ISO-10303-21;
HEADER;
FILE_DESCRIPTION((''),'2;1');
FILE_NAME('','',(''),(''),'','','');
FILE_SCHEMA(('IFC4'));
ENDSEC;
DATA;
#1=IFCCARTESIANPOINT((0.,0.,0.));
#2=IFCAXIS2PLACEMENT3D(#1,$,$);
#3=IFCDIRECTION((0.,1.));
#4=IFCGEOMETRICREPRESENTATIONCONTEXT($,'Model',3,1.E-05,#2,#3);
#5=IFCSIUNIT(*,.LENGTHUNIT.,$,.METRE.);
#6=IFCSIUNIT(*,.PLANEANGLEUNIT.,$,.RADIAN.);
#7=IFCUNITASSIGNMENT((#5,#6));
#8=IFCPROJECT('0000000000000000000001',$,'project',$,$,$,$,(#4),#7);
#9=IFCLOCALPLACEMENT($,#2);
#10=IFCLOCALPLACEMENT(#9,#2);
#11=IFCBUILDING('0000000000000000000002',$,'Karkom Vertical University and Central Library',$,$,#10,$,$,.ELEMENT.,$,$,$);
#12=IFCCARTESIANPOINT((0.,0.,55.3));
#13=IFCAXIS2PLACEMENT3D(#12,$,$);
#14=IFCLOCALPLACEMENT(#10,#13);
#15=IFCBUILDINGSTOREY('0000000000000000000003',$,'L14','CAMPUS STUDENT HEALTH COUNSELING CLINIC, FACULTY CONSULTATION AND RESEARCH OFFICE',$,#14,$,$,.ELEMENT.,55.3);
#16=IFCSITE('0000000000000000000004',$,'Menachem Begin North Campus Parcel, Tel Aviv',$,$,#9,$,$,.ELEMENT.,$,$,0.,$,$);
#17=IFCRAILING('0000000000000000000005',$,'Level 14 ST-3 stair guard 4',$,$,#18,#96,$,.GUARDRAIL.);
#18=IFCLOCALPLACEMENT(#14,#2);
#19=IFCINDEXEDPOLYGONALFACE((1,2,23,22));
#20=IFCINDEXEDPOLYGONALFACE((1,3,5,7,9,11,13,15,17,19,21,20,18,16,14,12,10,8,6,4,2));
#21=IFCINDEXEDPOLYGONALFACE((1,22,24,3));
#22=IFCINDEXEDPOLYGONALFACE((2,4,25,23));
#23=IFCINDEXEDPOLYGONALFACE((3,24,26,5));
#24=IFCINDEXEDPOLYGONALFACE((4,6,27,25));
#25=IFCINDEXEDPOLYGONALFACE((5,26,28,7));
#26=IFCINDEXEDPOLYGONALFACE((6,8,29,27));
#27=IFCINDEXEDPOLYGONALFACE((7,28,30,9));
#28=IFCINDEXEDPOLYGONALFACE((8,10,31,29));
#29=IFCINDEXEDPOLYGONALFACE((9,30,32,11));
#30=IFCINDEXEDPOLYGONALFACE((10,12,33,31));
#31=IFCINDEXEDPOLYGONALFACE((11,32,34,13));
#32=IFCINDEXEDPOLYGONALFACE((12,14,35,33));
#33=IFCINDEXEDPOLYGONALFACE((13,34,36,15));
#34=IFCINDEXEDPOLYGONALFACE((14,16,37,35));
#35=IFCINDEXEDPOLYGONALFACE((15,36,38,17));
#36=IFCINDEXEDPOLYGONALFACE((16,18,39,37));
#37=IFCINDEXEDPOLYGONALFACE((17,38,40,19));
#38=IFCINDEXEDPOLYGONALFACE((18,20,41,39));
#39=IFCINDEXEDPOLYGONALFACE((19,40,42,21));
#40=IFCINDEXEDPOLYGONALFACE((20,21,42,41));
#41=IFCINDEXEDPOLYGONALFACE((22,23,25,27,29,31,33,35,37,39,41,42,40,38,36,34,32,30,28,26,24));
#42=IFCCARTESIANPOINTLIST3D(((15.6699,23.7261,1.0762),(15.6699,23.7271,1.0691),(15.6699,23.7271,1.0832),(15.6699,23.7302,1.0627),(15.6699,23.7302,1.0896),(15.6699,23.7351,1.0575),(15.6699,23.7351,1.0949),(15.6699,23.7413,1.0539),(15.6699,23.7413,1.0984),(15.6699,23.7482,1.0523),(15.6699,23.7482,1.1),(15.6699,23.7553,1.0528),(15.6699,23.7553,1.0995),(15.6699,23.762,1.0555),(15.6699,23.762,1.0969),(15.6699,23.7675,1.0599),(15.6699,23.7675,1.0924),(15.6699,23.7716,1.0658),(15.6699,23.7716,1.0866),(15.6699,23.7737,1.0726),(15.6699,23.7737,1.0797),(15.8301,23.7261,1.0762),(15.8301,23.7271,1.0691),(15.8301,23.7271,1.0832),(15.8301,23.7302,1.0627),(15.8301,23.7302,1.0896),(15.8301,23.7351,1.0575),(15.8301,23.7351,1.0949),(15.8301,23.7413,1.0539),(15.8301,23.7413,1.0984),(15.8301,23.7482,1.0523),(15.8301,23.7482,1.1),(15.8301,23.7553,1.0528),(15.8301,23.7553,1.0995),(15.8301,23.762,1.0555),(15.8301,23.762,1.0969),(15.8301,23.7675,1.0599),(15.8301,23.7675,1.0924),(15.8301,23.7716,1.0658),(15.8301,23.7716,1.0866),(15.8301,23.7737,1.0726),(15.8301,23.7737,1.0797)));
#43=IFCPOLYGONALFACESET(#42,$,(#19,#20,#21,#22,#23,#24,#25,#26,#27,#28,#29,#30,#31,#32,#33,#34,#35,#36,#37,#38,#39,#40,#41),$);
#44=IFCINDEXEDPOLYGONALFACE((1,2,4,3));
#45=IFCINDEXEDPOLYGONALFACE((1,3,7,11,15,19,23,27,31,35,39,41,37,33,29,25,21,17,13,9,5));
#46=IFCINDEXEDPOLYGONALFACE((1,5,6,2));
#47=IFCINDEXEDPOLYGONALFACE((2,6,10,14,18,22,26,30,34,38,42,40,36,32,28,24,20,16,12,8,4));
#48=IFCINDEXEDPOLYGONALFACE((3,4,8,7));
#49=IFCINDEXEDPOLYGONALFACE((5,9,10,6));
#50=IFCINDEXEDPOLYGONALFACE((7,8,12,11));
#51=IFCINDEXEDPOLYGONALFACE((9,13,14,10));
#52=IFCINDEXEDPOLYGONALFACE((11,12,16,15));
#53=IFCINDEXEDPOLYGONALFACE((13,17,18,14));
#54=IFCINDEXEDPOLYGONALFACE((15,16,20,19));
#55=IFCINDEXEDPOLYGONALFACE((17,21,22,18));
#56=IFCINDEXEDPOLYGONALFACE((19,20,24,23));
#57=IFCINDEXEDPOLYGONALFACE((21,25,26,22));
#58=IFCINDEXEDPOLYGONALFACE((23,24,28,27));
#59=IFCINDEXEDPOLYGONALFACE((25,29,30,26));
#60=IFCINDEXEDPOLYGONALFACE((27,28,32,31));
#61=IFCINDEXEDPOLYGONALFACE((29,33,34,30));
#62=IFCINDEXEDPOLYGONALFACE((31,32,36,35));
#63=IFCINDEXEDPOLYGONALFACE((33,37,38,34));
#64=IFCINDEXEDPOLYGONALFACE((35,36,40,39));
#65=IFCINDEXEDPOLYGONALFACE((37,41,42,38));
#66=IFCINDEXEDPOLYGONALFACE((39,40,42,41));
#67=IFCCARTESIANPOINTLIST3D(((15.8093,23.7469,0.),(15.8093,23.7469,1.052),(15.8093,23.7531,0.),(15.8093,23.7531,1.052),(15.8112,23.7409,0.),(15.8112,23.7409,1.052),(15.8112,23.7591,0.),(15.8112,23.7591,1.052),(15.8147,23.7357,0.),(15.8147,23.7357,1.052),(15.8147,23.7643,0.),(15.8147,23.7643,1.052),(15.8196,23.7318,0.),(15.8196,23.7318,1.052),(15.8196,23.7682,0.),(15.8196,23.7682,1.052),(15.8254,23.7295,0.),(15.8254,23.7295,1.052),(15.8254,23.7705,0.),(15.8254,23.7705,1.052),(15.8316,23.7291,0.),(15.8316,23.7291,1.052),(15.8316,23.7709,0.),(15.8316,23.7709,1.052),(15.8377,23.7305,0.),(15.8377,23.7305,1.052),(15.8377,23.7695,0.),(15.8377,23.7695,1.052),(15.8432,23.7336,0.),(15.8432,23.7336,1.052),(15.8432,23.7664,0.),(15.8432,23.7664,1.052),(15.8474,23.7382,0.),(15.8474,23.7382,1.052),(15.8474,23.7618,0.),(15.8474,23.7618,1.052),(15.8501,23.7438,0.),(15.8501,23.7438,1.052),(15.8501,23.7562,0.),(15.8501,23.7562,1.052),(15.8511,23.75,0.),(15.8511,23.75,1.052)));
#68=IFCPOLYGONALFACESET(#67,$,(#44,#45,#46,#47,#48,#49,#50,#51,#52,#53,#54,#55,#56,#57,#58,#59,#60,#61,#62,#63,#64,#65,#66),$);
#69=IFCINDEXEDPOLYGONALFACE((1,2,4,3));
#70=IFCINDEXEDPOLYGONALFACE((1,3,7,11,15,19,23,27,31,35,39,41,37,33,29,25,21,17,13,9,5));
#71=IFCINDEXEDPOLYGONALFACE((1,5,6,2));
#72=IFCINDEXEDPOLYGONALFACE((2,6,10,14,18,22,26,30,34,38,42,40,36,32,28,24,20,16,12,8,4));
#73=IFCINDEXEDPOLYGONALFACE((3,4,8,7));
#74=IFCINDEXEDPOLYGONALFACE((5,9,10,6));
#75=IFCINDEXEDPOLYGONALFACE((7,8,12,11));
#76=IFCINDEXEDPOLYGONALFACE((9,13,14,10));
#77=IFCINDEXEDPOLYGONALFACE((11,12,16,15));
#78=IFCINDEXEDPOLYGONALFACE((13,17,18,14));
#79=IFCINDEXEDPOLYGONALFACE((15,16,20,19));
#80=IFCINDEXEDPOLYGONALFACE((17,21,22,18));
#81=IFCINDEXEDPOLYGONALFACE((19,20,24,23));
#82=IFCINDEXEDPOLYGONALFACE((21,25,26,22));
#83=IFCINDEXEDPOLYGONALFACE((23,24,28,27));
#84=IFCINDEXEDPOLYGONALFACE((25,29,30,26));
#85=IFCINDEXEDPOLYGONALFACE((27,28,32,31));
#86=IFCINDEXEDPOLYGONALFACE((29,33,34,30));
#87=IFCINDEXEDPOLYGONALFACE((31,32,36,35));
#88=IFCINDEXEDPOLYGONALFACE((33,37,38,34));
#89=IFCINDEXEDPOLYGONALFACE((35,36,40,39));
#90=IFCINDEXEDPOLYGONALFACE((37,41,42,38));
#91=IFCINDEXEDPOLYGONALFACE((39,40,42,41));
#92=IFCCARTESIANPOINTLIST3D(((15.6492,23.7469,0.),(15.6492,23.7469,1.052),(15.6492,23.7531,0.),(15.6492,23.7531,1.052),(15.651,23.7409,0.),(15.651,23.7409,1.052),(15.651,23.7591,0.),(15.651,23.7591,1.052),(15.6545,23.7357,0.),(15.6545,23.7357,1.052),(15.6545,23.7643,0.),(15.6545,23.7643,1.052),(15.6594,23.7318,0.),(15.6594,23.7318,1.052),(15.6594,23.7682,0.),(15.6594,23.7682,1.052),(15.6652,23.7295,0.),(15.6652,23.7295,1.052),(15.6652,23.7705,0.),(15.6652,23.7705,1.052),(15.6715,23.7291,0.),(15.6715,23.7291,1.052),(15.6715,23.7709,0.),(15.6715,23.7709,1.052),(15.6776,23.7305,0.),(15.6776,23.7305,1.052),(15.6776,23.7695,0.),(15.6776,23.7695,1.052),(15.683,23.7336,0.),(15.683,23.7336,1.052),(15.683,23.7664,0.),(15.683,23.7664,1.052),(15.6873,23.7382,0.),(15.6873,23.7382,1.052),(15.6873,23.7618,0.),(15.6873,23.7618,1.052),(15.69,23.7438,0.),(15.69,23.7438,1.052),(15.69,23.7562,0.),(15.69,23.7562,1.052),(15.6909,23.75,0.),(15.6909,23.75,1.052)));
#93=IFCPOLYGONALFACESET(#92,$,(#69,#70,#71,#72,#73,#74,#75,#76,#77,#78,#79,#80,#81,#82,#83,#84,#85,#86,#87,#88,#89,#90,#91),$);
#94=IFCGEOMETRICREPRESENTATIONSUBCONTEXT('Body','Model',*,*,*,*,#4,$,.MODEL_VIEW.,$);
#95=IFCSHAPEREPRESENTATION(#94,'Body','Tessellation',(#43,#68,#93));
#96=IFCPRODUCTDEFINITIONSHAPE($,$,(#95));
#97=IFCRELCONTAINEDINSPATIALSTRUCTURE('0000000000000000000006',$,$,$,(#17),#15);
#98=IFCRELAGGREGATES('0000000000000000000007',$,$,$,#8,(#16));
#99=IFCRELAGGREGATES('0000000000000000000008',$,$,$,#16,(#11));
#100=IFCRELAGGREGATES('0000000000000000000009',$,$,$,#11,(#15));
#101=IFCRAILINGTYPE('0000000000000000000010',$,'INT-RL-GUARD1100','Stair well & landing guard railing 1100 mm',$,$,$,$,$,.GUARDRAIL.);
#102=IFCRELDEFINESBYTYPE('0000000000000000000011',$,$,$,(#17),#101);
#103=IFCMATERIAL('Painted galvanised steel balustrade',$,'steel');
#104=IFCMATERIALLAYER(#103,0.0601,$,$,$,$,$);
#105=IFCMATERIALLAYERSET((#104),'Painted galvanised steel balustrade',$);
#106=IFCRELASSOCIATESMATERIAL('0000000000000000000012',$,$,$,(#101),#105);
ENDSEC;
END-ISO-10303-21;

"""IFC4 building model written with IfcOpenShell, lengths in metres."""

from ifc_helpers import new_model, si_unit, direction, frame, origin, origin_2d, place, context, subcontext, project, spatial, circle, extrude, material, layer, layer_set, type_object, element, save


model = new_model("IFC4")

# Units and contexts
model_context = context("Model", 3, precision=1e-05, world=origin(), true_north=direction((0.0, 1.0)))
body_context = subcontext(model_context, "Body", "Model", "MODEL_VIEW")
ifc_project = project(units=[si_unit("LENGTHUNIT", "METRE"), si_unit("PLANEANGLEUNIT", "RADIAN")], contexts=[model_context])

# Site, building, storey
site_placement = place(None, origin())
site = spatial("IfcSite", under=ifc_project, at=site_placement, Name="Menachem Begin North Campus Parcel, Tel Aviv", CompositionType="ELEMENT", RefElevation=0.0)
building_placement = place(site_placement, origin())
building = spatial("IfcBuilding", under=site, at=building_placement, Name="Karkom Vertical University and Central Library", CompositionType="ELEMENT")
storey_placement = place(building_placement, frame((0.0, 0.0, 55.3)))
storey = spatial("IfcBuildingStorey", under=building, at=storey_placement, Name="L14", Description="CAMPUS STUDENT HEALTH COUNSELING CLINIC, FACULTY CONSULTATION AND RESEARCH OFFICE", CompositionType="ELEMENT", Elevation=55.3)

# Railing
ifc_material_1 = material(Name="Painted galvanised steel balustrade", Category="steel")
ifc_layer_1 = layer(ifc_material_1, 0.0601)
ifc_layer_set_1 = layer_set([ifc_layer_1], Name="Painted galvanised steel balustrade")
railing_type_1 = type_object("IfcRailingType", Name="INT-RL-GUARD1100", Description="Stair well & landing guard railing 1100 mm", PredefinedType="GUARDRAIL", material=ifc_layer_set_1)
railing_1_placement = place(storey_placement, frame((15.8301, 23.75, 0.0)))
element("IfcRailing", 1, at=railing_1_placement, inside=storey, type_object=railing_type_1, Name="Level 14 ST-3 stair guard 4", PredefinedType="GUARDRAIL", context=body_context, shape_type="SweptSolid", body=[
    extrude(circle(Radius=0.0239, at=origin_2d()), frame((0.0, 0.0, 1.0762), z_axis=(-1.0, 0.0, 0.0), x_axis=(0.0, -1.0, 0.0)), (0.0, 0.0, 1.0), 0.1602),
    extrude(circle(Radius=0.021, at=origin_2d()), origin(), (0.0, 0.0, 1.0), 1.052),
    extrude(circle(Radius=0.021, at=origin_2d()), frame((-0.1602, 0.0, 0.0)), (0.0, 0.0, 1.0), 1.052),
])

save(model, "model.ifc")
